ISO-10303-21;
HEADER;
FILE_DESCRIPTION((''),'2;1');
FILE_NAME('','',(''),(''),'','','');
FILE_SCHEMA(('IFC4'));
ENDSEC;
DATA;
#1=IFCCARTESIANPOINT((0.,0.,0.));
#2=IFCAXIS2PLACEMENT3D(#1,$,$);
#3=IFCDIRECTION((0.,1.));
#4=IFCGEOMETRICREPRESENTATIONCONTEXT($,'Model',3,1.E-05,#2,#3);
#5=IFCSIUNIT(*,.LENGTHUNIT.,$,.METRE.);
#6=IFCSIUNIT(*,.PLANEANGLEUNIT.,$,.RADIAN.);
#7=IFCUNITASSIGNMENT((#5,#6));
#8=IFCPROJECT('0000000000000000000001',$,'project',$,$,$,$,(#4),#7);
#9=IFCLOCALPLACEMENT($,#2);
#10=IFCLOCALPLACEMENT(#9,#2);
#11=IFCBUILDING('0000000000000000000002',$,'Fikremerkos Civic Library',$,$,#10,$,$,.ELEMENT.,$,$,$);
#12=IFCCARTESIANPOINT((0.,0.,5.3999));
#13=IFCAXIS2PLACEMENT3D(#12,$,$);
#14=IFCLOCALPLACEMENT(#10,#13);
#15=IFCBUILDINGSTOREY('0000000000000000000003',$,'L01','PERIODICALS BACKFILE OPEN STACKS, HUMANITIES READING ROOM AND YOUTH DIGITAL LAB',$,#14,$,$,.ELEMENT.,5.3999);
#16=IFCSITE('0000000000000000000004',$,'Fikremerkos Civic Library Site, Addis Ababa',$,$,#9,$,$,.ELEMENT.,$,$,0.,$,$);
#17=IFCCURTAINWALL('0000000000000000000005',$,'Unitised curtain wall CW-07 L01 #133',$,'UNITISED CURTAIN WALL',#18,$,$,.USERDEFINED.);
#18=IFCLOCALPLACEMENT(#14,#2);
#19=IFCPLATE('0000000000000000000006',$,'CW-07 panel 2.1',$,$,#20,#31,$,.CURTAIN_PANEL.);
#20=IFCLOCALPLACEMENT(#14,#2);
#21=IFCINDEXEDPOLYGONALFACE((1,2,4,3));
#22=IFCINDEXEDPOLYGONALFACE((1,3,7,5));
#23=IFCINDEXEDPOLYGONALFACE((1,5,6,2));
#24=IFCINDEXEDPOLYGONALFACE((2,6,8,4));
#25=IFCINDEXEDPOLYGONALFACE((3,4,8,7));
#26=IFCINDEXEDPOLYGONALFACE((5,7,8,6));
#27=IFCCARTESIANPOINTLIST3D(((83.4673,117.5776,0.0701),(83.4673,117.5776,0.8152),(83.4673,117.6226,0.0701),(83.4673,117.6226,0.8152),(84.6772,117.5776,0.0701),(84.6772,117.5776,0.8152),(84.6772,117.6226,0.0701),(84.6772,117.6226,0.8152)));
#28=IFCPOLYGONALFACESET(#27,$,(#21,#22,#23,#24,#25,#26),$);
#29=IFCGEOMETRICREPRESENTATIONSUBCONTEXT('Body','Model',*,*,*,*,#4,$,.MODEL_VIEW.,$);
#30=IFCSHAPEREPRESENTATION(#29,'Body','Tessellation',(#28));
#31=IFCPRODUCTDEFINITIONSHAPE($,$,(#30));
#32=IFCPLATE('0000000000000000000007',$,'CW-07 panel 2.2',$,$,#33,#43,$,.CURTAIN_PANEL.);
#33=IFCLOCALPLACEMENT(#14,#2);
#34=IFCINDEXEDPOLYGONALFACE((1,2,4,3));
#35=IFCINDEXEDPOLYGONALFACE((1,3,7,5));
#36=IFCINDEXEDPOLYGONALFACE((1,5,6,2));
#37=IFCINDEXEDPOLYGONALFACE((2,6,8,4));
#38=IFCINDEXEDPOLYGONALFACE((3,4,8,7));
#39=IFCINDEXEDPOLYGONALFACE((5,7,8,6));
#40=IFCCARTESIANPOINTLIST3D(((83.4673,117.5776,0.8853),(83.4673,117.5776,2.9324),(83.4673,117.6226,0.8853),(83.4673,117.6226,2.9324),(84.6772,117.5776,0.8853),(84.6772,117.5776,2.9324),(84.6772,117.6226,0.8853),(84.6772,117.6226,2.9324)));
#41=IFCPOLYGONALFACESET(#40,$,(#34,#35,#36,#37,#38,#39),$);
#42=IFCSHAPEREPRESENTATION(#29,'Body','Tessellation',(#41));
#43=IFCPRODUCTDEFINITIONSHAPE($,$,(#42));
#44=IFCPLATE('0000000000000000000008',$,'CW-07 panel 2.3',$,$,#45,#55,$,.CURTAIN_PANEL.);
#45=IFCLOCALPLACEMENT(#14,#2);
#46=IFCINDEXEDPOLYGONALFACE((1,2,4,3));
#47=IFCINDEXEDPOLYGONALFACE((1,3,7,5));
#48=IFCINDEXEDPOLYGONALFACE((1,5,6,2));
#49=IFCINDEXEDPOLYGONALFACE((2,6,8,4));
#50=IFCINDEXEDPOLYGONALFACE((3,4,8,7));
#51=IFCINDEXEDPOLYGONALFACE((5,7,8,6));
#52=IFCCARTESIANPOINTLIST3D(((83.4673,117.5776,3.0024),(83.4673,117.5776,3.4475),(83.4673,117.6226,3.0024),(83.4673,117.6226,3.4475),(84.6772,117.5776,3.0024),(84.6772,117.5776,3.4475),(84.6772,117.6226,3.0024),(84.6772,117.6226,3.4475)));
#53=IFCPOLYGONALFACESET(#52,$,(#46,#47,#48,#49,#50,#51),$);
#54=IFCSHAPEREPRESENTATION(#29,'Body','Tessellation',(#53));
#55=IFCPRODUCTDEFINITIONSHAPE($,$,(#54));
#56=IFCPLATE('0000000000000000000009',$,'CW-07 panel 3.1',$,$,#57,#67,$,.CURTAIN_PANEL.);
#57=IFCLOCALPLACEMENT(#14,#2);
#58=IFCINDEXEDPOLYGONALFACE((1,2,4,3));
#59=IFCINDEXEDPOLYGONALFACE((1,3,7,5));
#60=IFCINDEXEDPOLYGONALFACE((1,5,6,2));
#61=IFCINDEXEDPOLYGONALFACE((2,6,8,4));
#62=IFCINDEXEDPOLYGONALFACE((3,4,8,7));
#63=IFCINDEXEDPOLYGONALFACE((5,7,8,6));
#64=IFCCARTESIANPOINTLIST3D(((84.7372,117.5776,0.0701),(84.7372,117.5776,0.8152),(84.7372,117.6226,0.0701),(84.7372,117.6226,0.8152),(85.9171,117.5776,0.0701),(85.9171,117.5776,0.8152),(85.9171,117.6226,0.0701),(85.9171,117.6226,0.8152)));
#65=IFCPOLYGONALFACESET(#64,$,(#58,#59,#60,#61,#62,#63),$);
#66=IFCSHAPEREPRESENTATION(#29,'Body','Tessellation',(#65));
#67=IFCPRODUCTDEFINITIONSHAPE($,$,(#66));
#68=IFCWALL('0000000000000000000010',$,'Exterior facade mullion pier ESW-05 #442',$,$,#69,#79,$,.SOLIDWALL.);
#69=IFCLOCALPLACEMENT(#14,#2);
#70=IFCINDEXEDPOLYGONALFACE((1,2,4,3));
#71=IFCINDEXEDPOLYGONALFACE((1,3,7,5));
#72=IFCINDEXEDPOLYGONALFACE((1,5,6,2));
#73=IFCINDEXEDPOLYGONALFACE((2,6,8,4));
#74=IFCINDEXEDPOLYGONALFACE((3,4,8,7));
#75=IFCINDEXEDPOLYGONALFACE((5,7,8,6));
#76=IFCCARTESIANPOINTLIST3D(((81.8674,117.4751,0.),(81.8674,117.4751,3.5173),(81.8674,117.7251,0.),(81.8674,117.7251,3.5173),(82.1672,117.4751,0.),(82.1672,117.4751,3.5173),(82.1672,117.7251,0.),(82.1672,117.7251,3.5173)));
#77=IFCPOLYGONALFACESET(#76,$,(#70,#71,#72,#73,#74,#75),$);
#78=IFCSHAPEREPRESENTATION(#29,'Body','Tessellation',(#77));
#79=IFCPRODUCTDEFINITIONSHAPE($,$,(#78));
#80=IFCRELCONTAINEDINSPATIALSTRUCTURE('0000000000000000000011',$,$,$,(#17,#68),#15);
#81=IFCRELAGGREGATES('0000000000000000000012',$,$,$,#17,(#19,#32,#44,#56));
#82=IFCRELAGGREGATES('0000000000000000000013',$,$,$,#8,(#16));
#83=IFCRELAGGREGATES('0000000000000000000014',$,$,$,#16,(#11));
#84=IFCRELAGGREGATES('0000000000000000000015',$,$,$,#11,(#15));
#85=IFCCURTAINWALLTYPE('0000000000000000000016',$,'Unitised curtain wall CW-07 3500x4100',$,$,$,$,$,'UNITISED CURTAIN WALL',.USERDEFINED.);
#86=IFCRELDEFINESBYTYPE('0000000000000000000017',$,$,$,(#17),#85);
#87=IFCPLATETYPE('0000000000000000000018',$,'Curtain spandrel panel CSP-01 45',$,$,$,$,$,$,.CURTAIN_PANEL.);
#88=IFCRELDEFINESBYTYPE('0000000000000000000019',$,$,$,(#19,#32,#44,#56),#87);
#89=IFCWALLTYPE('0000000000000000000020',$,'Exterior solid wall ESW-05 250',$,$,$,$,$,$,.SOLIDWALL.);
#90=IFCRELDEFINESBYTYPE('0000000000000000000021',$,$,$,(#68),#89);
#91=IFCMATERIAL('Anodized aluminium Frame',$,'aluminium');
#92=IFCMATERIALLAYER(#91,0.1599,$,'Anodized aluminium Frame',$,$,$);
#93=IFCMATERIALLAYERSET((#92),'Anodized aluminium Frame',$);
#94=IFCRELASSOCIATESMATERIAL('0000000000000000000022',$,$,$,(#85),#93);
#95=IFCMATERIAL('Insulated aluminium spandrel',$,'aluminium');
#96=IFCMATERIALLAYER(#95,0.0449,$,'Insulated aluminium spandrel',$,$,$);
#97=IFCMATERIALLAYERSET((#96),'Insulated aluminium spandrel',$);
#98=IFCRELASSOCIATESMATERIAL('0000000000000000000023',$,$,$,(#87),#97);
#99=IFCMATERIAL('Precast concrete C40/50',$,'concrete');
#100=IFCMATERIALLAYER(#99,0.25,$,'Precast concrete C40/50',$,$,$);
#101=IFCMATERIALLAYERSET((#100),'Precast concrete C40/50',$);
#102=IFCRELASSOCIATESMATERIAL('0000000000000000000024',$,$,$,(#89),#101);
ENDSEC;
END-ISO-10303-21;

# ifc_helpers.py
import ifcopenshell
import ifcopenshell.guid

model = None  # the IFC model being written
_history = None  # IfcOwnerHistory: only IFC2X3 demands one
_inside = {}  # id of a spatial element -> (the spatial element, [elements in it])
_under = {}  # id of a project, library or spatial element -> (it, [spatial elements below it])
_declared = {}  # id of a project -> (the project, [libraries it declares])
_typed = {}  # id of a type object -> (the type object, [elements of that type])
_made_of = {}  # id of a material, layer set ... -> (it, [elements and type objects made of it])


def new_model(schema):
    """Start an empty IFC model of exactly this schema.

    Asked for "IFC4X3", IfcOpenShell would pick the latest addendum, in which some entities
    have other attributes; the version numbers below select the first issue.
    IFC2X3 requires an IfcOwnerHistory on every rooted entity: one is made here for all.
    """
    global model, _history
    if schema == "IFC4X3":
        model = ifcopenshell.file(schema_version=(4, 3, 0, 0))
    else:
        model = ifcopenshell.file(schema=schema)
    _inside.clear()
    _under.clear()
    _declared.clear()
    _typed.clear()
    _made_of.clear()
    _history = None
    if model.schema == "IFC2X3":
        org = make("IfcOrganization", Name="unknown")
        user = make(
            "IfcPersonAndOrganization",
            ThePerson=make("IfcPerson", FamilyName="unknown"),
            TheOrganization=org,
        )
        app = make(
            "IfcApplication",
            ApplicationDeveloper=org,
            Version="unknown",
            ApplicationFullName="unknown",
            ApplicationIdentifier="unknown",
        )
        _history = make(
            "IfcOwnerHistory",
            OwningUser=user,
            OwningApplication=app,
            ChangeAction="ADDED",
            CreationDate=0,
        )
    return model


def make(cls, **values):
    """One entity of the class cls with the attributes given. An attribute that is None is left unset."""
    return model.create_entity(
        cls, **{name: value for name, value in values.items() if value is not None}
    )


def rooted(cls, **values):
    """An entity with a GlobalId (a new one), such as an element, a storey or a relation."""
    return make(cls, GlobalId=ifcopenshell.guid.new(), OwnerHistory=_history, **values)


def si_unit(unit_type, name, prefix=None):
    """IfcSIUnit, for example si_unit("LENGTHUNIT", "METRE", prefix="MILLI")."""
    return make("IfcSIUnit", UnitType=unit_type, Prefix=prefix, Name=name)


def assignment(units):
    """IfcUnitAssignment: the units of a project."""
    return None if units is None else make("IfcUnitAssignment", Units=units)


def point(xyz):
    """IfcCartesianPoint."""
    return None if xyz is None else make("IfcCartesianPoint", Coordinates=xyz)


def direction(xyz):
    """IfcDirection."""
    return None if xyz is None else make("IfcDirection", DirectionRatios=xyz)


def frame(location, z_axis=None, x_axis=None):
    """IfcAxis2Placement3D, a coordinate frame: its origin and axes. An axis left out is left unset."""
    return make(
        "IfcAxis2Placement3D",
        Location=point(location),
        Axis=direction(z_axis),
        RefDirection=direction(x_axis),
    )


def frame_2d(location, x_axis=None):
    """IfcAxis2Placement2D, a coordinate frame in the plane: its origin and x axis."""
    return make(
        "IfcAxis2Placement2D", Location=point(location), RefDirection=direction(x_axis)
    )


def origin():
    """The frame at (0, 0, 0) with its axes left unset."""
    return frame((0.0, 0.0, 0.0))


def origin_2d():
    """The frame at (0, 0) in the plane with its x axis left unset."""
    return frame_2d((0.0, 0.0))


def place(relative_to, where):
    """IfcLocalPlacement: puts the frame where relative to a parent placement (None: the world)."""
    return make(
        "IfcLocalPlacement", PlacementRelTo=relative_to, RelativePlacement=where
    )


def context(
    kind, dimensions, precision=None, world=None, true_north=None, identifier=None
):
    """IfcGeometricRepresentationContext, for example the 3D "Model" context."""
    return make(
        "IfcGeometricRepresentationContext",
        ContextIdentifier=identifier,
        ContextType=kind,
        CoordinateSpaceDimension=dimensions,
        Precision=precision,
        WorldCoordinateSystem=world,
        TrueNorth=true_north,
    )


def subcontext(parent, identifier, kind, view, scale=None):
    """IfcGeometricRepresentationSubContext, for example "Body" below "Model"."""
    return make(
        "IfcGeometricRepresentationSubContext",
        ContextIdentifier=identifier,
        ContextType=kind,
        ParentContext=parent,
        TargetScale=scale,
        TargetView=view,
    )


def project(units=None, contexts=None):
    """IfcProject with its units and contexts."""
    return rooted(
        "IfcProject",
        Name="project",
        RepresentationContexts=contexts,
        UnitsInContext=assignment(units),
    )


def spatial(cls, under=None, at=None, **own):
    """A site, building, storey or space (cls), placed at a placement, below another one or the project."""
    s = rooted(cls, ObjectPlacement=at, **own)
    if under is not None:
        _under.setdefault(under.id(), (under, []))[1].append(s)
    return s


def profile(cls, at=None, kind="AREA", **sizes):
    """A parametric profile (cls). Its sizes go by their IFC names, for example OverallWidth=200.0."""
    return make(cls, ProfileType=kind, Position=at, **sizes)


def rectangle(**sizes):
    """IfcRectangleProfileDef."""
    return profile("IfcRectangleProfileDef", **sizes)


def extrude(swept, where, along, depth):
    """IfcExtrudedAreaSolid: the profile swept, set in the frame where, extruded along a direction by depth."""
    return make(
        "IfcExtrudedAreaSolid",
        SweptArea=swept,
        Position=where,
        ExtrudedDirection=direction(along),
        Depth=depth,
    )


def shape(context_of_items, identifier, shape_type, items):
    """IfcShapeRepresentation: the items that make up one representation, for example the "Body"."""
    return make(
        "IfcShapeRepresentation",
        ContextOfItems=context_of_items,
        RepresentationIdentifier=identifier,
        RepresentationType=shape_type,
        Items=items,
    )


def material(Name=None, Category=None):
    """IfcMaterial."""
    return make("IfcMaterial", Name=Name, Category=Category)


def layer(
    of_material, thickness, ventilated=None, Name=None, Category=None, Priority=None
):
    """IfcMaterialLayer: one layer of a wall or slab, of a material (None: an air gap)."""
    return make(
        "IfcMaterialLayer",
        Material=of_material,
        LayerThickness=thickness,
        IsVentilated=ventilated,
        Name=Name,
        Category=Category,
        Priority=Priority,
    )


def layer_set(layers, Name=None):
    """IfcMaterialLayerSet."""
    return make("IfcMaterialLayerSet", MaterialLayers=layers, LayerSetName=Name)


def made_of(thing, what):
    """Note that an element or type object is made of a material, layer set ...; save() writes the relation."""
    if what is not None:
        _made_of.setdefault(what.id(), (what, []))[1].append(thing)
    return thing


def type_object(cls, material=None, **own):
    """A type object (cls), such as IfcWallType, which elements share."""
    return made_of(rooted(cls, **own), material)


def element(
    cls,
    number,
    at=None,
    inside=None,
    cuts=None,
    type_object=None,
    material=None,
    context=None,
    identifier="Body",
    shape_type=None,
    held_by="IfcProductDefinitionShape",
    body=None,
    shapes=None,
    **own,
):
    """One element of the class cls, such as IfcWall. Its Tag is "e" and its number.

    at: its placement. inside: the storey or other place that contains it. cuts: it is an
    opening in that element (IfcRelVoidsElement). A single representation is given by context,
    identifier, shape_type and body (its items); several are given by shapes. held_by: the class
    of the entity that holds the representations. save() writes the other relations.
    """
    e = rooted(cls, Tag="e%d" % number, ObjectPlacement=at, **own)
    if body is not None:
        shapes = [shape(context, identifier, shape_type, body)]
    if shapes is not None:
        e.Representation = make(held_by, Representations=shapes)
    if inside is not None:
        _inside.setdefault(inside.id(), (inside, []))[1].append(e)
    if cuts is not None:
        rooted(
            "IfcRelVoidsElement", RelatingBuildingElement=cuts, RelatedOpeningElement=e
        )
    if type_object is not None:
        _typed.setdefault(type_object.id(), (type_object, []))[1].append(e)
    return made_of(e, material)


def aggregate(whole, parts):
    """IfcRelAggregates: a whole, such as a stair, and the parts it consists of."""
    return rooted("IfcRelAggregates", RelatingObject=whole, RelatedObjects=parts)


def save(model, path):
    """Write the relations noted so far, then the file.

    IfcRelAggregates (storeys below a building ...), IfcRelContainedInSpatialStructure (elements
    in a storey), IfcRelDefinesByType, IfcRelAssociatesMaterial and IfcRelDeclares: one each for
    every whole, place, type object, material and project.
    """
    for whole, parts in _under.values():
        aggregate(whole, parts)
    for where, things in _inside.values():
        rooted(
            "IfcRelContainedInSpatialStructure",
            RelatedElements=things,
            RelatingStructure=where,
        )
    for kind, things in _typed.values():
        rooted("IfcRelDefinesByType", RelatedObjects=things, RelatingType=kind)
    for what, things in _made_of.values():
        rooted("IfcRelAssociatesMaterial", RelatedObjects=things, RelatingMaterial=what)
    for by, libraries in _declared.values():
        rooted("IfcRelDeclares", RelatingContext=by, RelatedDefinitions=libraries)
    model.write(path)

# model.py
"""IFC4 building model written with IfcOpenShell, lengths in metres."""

from ifc_helpers import new_model, si_unit, direction, frame, frame_2d, origin, origin_2d, place, context, subcontext, project, spatial, rectangle, extrude, material, layer, layer_set, type_object, element, aggregate, save


model = new_model("IFC4")

# Units and contexts
model_context = context("Model", 3, precision=1e-05, world=origin(), true_north=direction((0.0, 1.0)))
body_context = subcontext(model_context, "Body", "Model", "MODEL_VIEW")
ifc_project = project(units=[si_unit("LENGTHUNIT", "METRE"), si_unit("PLANEANGLEUNIT", "RADIAN")], contexts=[model_context])

# Site, building, storey
site_placement = place(None, origin())
site = spatial("IfcSite", under=ifc_project, at=site_placement, Name="Fikremerkos Civic Library Site, Addis Ababa", CompositionType="ELEMENT", RefElevation=0.0)
building_placement = place(site_placement, origin())
building = spatial("IfcBuilding", under=site, at=building_placement, Name="Fikremerkos Civic Library", CompositionType="ELEMENT")
storey_placement = place(building_placement, frame((0.0, 0.0, 5.3999)))
storey = spatial("IfcBuildingStorey", under=building, at=storey_placement, Name="L01", Description="PERIODICALS BACKFILE OPEN STACKS, HUMANITIES READING ROOM AND YOUTH DIGITAL LAB", CompositionType="ELEMENT", Elevation=5.3999)

# Curtain wall
ifc_material_1 = material(Name="Anodized aluminium Frame", Category="aluminium")
ifc_layer_1 = layer(ifc_material_1, 0.1599, Name="Anodized aluminium Frame")
ifc_layer_set_1 = layer_set([ifc_layer_1], Name="Anodized aluminium Frame")
curtain_wall_type_1 = type_object("IfcCurtainWallType", Name="Unitised curtain wall CW-07 3500x4100", ElementType="UNITISED CURTAIN WALL", PredefinedType="USERDEFINED", material=ifc_layer_set_1)
curtain_wall_1_placement = place(storey_placement, origin())
curtain_wall_1 = element("IfcCurtainWall", 1, at=curtain_wall_1_placement, inside=storey, type_object=curtain_wall_type_1, Name="Unitised curtain wall CW-07 L01 #133", ObjectType="UNITISED CURTAIN WALL", PredefinedType="USERDEFINED")

# Plates
ifc_material_2 = material(Name="Insulated aluminium spandrel", Category="aluminium")
ifc_layer_2 = layer(ifc_material_2, 0.0449, Name="Insulated aluminium spandrel")
ifc_layer_set_2 = layer_set([ifc_layer_2], Name="Insulated aluminium spandrel")
plate_type_1 = type_object("IfcPlateType", Name="Curtain spandrel panel CSP-01 45", PredefinedType="CURTAIN_PANEL", material=ifc_layer_set_2)
plate_1_placement = place(storey_placement, frame((84.0723, 117.6001, 0.0701), z_axis=(0.0, 0.0, 1.0), x_axis=(1.0, 0.0, 0.0)))
plate_1 = element("IfcPlate", 2, at=plate_1_placement, type_object=plate_type_1, Name="CW-07 panel 2.1", PredefinedType="CURTAIN_PANEL", context=body_context, shape_type="SweptSolid", body=[
    extrude(rectangle(XDim=1.21, YDim=0.0449, at=origin_2d()), origin(), (0.0, 0.0, 1.0), 0.7451),
])
plate_2_placement = place(storey_placement, frame((84.0723, 117.6001, 0.8853), z_axis=(0.0, 0.0, 1.0), x_axis=(1.0, 0.0, 0.0)))
plate_2 = element("IfcPlate", 3, at=plate_2_placement, type_object=plate_type_1, Name="CW-07 panel 2.2", PredefinedType="CURTAIN_PANEL", context=body_context, shape_type="SweptSolid", body=[
    extrude(rectangle(XDim=1.21, YDim=0.0449, at=origin_2d()), origin(), (0.0, 0.0, 1.0), 2.0471),
])
plate_3_placement = place(storey_placement, frame((84.0723, 117.6001, 3.0024), z_axis=(0.0, 0.0, 1.0), x_axis=(1.0, 0.0, 0.0)))
plate_3 = element("IfcPlate", 4, at=plate_3_placement, type_object=plate_type_1, Name="CW-07 panel 2.3", PredefinedType="CURTAIN_PANEL", context=body_context, shape_type="SweptSolid", body=[
    extrude(rectangle(XDim=1.21, YDim=0.0449, at=origin_2d()), origin(), (0.0, 0.0, 1.0), 0.4451),
])
plate_4_placement = place(storey_placement, frame((85.3271, 117.6001, 0.0701), z_axis=(0.0, 0.0, 1.0), x_axis=(1.0, 0.0, 0.0)))
plate_4 = element("IfcPlate", 5, at=plate_4_placement, type_object=plate_type_1, Name="CW-07 panel 3.1", PredefinedType="CURTAIN_PANEL", context=body_context, shape_type="SweptSolid", body=[
    extrude(rectangle(XDim=1.1799, YDim=0.0449, at=origin_2d()), origin(), (0.0, 0.0, 1.0), 0.7451),
])
aggregate(curtain_wall_1, [plate_1, plate_2, plate_3, plate_4])

# Wall
ifc_material_3 = material(Name="Precast concrete C40/50", Category="concrete")
ifc_layer_3 = layer(ifc_material_3, 0.25, Name="Precast concrete C40/50")
ifc_layer_set_3 = layer_set([ifc_layer_3], Name="Precast concrete C40/50")
wall_type = type_object("IfcWallType", Name="Exterior solid wall ESW-05 250", PredefinedType="SOLIDWALL", material=ifc_layer_set_3)
wall_placement = place(storey_placement, frame((81.8674, 117.6001, 0.0), z_axis=(0.0, 0.0, 1.0), x_axis=(1.0, 0.0, 0.0)))
element("IfcWall", 6, at=wall_placement, inside=storey, type_object=wall_type, Name="Exterior facade mullion pier ESW-05 #442", PredefinedType="SOLIDWALL", context=body_context, shape_type="SweptSolid", body=[
    extrude(rectangle(XDim=0.2998, YDim=0.25, at=frame_2d((0.1499, 0.0))), origin(), (0.0, 0.0, 1.0), 3.5173),
])

save(model, "model.ifc")
